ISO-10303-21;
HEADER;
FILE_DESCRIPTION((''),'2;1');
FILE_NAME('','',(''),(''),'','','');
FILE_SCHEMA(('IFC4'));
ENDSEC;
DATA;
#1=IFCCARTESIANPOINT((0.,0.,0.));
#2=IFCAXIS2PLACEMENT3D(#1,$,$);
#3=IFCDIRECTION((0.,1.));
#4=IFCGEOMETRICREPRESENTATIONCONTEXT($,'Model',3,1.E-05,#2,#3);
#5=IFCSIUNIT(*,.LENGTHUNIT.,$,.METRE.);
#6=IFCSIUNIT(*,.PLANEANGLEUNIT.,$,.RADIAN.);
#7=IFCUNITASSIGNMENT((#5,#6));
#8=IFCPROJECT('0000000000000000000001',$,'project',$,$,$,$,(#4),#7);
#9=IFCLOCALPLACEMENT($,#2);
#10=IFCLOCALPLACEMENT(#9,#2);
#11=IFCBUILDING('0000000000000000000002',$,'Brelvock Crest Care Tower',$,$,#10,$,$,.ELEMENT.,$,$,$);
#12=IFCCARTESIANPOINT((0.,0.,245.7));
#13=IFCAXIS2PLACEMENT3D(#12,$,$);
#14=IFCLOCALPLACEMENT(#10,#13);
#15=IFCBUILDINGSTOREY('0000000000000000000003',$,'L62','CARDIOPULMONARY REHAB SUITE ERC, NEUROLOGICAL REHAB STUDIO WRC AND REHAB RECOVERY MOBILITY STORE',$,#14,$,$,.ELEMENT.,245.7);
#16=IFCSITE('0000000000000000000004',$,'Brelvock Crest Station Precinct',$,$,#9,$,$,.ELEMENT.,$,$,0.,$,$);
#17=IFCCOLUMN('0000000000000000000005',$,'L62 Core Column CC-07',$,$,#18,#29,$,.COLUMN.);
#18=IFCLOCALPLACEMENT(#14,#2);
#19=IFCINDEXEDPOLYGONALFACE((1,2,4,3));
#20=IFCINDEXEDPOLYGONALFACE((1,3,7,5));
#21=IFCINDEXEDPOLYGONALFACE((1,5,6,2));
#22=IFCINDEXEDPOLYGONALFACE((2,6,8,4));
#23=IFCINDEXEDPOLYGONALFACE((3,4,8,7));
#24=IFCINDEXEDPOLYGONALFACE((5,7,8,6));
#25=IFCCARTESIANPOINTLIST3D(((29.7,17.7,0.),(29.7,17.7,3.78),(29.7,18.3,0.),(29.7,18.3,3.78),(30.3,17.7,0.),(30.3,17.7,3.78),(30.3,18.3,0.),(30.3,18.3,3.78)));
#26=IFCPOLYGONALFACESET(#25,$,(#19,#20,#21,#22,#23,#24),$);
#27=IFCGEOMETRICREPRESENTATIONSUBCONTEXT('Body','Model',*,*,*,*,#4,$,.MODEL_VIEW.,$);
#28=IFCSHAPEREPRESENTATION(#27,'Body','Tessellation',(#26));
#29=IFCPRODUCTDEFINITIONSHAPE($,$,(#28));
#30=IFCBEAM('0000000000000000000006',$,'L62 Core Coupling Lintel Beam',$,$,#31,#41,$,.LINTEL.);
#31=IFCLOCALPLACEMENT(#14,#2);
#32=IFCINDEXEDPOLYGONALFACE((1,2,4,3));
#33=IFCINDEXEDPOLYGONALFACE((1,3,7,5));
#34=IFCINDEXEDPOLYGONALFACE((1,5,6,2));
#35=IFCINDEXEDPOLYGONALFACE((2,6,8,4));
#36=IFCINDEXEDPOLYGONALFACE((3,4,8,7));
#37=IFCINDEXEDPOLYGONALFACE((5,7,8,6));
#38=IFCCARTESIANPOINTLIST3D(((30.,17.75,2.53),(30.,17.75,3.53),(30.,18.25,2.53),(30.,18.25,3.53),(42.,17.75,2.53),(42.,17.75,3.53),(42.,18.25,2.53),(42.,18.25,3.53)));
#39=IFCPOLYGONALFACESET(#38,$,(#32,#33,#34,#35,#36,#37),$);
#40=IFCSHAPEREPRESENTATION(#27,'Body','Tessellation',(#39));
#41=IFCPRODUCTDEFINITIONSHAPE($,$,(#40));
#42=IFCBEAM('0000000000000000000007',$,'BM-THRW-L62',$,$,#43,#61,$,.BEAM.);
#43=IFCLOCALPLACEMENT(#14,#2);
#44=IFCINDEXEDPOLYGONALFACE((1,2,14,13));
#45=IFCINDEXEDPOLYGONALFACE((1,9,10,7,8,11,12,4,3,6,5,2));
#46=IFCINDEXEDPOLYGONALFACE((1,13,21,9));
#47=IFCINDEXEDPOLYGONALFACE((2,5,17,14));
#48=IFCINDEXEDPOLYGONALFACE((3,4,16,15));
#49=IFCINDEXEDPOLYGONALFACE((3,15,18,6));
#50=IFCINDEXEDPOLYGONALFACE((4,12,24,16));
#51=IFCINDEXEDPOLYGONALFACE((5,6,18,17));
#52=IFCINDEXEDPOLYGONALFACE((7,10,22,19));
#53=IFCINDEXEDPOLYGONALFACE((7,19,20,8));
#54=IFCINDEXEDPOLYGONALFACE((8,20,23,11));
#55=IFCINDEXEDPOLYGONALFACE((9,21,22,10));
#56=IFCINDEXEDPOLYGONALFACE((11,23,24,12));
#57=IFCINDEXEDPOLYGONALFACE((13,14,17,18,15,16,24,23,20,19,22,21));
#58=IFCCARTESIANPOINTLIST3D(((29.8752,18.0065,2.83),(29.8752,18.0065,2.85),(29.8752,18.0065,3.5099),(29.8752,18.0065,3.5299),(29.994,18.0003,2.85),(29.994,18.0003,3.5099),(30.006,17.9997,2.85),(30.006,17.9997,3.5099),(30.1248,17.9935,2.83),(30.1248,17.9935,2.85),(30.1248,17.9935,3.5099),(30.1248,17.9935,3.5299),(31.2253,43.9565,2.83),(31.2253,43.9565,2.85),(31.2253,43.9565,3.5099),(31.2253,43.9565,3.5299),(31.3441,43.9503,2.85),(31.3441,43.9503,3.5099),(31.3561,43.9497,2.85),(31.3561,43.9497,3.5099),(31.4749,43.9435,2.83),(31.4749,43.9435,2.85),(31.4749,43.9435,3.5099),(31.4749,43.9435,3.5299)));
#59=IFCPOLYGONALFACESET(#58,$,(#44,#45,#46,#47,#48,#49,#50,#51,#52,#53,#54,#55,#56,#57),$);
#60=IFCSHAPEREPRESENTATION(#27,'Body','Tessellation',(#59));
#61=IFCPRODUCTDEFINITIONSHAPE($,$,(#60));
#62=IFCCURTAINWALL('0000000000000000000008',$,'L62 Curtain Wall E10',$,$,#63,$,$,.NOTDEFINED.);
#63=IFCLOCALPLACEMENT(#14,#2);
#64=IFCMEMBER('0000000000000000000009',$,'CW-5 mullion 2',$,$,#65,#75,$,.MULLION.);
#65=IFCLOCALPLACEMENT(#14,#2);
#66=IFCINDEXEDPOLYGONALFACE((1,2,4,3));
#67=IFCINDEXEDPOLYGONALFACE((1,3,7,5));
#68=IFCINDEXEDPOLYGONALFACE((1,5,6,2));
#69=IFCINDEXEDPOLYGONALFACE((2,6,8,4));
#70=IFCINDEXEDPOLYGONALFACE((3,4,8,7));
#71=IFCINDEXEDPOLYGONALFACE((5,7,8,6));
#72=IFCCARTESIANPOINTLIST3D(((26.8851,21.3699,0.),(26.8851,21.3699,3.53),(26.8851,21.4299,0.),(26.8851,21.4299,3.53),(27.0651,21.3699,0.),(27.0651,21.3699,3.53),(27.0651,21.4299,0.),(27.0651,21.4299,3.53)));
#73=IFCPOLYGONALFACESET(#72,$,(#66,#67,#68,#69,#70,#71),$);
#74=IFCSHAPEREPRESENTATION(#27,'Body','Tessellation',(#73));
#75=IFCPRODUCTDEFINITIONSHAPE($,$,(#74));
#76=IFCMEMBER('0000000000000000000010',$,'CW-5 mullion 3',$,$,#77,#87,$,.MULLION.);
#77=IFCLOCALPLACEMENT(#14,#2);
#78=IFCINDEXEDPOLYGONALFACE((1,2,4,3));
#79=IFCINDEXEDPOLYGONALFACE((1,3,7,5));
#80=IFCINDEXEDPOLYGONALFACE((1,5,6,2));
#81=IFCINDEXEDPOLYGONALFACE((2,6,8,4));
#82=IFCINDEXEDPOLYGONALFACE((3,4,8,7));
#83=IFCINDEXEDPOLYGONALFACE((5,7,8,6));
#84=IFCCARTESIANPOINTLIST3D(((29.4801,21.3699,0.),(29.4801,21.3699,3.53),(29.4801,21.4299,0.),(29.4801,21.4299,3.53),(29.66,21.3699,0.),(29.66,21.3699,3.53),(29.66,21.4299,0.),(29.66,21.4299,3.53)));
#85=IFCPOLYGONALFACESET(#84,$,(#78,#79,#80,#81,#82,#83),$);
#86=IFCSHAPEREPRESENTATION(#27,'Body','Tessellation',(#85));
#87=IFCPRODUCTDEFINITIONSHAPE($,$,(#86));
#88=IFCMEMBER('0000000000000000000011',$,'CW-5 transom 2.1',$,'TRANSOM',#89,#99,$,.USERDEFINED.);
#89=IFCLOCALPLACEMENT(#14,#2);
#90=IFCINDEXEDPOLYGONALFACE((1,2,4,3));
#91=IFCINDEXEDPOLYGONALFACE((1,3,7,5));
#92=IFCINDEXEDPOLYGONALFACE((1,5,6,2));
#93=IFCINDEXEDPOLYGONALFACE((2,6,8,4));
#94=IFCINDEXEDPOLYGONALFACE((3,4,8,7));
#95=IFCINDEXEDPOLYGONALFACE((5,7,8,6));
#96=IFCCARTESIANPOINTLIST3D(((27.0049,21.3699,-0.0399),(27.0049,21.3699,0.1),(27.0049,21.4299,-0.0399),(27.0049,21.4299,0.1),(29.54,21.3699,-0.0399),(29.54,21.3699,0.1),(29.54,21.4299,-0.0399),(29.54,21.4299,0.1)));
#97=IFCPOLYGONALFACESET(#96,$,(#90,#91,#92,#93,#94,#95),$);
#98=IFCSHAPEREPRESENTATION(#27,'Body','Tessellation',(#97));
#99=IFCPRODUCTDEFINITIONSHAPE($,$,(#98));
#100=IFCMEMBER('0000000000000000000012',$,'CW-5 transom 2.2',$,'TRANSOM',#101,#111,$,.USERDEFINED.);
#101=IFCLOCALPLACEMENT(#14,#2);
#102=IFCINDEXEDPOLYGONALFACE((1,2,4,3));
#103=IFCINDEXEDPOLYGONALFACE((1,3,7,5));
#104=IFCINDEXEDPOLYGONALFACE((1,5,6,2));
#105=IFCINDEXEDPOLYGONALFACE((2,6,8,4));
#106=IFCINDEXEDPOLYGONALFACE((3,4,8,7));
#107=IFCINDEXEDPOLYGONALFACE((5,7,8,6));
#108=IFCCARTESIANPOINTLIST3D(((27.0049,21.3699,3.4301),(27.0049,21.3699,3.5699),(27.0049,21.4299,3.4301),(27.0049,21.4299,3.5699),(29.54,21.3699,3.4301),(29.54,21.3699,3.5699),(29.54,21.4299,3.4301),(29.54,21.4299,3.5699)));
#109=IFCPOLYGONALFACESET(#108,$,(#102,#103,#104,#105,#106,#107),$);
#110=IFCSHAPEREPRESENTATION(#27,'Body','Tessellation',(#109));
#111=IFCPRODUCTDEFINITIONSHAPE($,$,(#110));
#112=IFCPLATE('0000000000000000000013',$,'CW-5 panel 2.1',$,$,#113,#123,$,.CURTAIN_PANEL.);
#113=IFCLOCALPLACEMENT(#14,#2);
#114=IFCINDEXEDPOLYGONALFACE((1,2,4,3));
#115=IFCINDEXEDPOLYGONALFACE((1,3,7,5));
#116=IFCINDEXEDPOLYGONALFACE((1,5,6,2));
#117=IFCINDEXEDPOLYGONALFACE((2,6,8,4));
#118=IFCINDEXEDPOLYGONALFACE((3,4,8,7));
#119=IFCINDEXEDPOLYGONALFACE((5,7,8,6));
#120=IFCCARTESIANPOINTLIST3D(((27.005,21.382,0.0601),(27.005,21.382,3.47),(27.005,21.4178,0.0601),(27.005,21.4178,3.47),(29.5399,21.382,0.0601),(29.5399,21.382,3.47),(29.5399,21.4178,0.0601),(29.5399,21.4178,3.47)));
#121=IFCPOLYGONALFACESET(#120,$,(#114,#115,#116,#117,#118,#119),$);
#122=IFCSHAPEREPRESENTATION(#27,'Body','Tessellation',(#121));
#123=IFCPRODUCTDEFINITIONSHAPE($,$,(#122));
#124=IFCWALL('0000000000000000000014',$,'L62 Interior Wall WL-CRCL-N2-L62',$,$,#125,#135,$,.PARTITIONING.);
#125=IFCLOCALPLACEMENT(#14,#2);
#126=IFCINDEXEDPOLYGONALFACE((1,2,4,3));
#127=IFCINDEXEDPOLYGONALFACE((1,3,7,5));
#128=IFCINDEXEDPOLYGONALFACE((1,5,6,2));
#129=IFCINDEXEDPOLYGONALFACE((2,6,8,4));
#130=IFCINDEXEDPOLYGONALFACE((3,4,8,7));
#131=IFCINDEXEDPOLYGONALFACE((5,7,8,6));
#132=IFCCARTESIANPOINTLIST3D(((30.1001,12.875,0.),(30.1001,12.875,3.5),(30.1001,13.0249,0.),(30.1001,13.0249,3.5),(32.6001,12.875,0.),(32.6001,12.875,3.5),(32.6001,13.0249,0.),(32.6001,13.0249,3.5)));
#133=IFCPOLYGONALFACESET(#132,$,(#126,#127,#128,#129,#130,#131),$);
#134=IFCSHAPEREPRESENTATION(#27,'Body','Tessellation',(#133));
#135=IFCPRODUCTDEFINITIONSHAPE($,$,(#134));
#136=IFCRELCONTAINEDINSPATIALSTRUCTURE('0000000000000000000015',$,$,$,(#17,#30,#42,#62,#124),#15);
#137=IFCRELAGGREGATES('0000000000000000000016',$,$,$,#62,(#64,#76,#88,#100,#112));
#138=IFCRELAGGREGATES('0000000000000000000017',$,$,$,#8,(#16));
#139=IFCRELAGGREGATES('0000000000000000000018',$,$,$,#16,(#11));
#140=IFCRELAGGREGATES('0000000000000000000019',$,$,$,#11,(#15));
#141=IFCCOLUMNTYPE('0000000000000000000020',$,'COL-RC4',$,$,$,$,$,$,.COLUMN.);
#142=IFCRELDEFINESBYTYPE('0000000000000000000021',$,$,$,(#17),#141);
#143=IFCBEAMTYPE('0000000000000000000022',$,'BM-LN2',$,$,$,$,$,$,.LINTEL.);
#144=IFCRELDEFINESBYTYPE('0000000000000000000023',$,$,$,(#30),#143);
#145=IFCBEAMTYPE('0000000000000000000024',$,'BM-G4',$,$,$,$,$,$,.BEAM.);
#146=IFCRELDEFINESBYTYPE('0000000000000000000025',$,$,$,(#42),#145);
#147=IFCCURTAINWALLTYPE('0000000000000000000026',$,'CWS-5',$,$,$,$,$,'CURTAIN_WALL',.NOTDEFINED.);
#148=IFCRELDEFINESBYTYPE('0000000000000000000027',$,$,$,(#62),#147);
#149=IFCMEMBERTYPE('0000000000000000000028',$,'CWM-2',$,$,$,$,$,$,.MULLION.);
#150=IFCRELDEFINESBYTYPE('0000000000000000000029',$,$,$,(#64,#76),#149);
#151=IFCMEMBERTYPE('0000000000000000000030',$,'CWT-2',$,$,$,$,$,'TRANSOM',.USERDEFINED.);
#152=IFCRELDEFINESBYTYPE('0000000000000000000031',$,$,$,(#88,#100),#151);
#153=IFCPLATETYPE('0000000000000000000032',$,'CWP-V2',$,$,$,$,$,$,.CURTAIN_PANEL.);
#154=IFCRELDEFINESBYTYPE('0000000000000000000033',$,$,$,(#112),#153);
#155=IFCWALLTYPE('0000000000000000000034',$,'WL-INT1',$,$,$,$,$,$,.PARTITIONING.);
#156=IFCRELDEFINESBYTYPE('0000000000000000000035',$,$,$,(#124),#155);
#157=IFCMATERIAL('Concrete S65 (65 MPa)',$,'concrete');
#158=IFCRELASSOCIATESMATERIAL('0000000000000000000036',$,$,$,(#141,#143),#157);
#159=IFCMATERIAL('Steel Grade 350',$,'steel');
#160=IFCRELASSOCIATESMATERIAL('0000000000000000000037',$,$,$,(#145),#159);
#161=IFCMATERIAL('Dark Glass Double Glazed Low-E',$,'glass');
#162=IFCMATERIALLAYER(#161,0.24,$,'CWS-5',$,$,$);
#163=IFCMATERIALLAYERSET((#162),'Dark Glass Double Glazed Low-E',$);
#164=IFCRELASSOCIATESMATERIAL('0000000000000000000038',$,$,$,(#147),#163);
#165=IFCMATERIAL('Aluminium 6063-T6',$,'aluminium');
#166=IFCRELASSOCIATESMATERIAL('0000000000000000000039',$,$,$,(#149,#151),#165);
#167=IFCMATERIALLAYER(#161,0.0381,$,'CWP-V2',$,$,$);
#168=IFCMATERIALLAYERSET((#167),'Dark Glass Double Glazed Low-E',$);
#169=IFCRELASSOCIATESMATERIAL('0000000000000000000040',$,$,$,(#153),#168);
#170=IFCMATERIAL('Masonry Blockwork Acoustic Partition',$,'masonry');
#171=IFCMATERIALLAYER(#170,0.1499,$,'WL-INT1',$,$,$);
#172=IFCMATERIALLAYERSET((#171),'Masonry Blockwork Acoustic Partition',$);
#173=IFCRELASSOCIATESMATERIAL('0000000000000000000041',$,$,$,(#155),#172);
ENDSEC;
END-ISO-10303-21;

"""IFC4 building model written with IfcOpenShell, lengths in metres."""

from ifc_helpers import new_model, si_unit, direction, frame, frame_2d, origin, origin_2d, place, context, subcontext, project, spatial, rectangle, i_section, extrude, source, transform, mapped, material, layer, layer_set, material_profile, profile_set, type_object, element, aggregate, save


model = new_model("IFC4")

# Units and contexts
model_context = context("Model", 3, precision=1e-05, world=origin(), true_north=direction((0.0, 1.0)))
body_context = subcontext(model_context, "Body", "Model", "MODEL_VIEW")
ifc_project = project(units=[si_unit("LENGTHUNIT", "METRE"), si_unit("PLANEANGLEUNIT", "RADIAN")], contexts=[model_context])

# Site, building, storey
site_placement = place(None, origin())
site = spatial("IfcSite", under=ifc_project, at=site_placement, Name="Brelvock Crest Station Precinct", CompositionType="ELEMENT", RefElevation=0.0)
building_placement = place(site_placement, origin())
building = spatial("IfcBuilding", under=site, at=building_placement, Name="Brelvock Crest Care Tower", CompositionType="ELEMENT")
storey_placement = place(building_placement, frame((0.0, 0.0, 245.7)))
storey = spatial("IfcBuildingStorey", under=building, at=storey_placement, Name="L62", Description="CARDIOPULMONARY REHAB SUITE ERC, NEUROLOGICAL REHAB STUDIO WRC AND REHAB RECOVERY MOBILITY STORE", CompositionType="ELEMENT", Elevation=245.7)

# Column
ifc_material_1 = material(Name="Concrete S65 (65 MPa)", Category="concrete")
ifc_material_profile_1 = material_profile(ifc_material_1, rectangle(XDim=0.6001, YDim=0.6001, at=origin_2d()), Name="RC600x600")
ifc_profile_set_1 = profile_set([ifc_material_profile_1], Name="Concrete S65 (65 MPa)")
column_type = type_object("IfcColumnType", Name="COL-RC4", PredefinedType="COLUMN", material=ifc_profile_set_1)
shared_shape_1 = source(origin(), body_context, "Body", "SweptSolid", [
    extrude(rectangle(XDim=0.6001, YDim=0.6001, at=origin_2d()), origin(), (0.0, 0.0, 1.0), 3.78),
])
column_placement = place(storey_placement, frame((30.0, 18.0, 0.0), z_axis=(0.0, 0.0, 1.0), x_axis=(1.0, 0.0, 0.0)))
element("IfcColumn", 1, at=column_placement, inside=storey, type_object=column_type, Name="L62 Core Column CC-07", PredefinedType="COLUMN", context=body_context, shape_type="MappedRepresentation", body=[
    mapped(shared_shape_1, transform((0.0, 0.0, 0.0), x_axis=(1.0, 0.0, 0.0), y_axis=(0.0, 1.0, 0.0), z_axis=(0.0, 0.0, 1.0), scale=1.0)),
])

# Beams
ifc_material_profile_2 = material_profile(ifc_material_1, rectangle(XDim=0.5, YDim=1.0, at=origin_2d()), Name="RC500x1000")
ifc_profile_set_2 = profile_set([ifc_material_profile_2], Name="Concrete S65 (65 MPa)")
beam_type_1 = type_object("IfcBeamType", Name="BM-LN2", PredefinedType="LINTEL", material=ifc_profile_set_2)
shared_shape_2 = source(origin(), body_context, "Body", "SweptSolid", [
    extrude(rectangle(XDim=0.5, YDim=1.0, at=origin_2d()), origin(), (0.0, 0.0, 1.0), 12.0),
])
beam_1_placement = place(storey_placement, frame((30.0, 18.0, 3.03), z_axis=(1.0, 0.0, 0.0), x_axis=(0.0, 1.0, 0.0)))
element("IfcBeam", 2, at=beam_1_placement, inside=storey, type_object=beam_type_1, Name="L62 Core Coupling Lintel Beam", PredefinedType="LINTEL", context=body_context, shape_type="MappedRepresentation", body=[
    mapped(shared_shape_2, transform((0.0, 0.0, 0.0), x_axis=(1.0, 0.0, 0.0), y_axis=(0.0, 1.0, 0.0), z_axis=(0.0, 0.0, 1.0), scale=1.0)),
])
ifc_material_2 = material(Name="Steel Grade 350", Category="steel")
ifc_material_profile_3 = material_profile(ifc_material_2, i_section(OverallWidth=0.25, OverallDepth=0.7, WebThickness=0.012, FlangeThickness=0.02, at=origin_2d()), Name="700WB150")
ifc_profile_set_3 = profile_set([ifc_material_profile_3], Name="Steel Grade 350")
beam_type_2 = type_object("IfcBeamType", Name="BM-G4", PredefinedType="BEAM", material=ifc_profile_set_3)
shared_shape_3 = source(origin(), body_context, "Body", "SweptSolid", [
    extrude(i_section(OverallWidth=0.25, OverallDepth=0.7, WebThickness=0.012, FlangeThickness=0.02, at=origin_2d()), origin(), (0.0, 0.0, 1.0), 25.9851),
])
beam_2_placement = place(storey_placement, frame((30.0, 18.0, 3.1799), z_axis=(0.051957, 0.998649, 0.0), x_axis=(-0.998649, 0.051957, 0.0)))
element("IfcBeam", 3, at=beam_2_placement, inside=storey, type_object=beam_type_2, Name="BM-THRW-L62", PredefinedType="BEAM", context=body_context, shape_type="MappedRepresentation", body=[
    mapped(shared_shape_3, transform((0.0, 0.0, 0.0), x_axis=(1.0, 0.0, 0.0), y_axis=(0.0, 1.0, 0.0), z_axis=(0.0, 0.0, 1.0), scale=1.0)),
])

# Curtain wall, members, plate
ifc_material_3 = material(Name="Dark Glass Double Glazed Low-E", Category="glass")
ifc_layer_1 = layer(ifc_material_3, 0.24, Name="CWS-5")
ifc_layer_set_1 = layer_set([ifc_layer_1], Name="Dark Glass Double Glazed Low-E")
curtain_wall_type = type_object("IfcCurtainWallType", Name="CWS-5", ElementType="CURTAIN_WALL", PredefinedType="NOTDEFINED", material=ifc_layer_set_1)
curtain_wall_placement = place(storey_placement, origin())
curtain_wall = element("IfcCurtainWall", 4, at=curtain_wall_placement, inside=storey, type_object=curtain_wall_type, Name="L62 Curtain Wall E10", PredefinedType="NOTDEFINED")
ifc_material_4 = material(Name="Aluminium 6063-T6", Category="aluminium")
ifc_material_profile_4 = material_profile(ifc_material_4, rectangle(XDim=0.0601, YDim=0.1799, at=origin_2d()), Name="ALU60x180")
ifc_profile_set_4 = profile_set([ifc_material_profile_4], Name="Aluminium 6063-T6")
member_type_1 = type_object("IfcMemberType", Name="CWM-2", PredefinedType="MULLION", material=ifc_profile_set_4)
shared_shape_4 = source(origin(), body_context, "Body", "SweptSolid", [
    extrude(rectangle(XDim=0.0601, YDim=0.1799, at=origin_2d()), origin(), (0.0, 0.0, 1.0), 3.53),
])
member_1_placement = place(storey_placement, frame((26.9751, 21.3999, 0.0), z_axis=(0.0, 0.0, 1.0), x_axis=(0.0, 1.0, 0.0)))
member_1 = element("IfcMember", 5, at=member_1_placement, type_object=member_type_1, Name="CW-5 mullion 2", PredefinedType="MULLION", context=body_context, shape_type="MappedRepresentation", body=[
    mapped(shared_shape_4, transform((0.0, 0.0, 0.0), x_axis=(1.0, 0.0, 0.0), y_axis=(0.0, 1.0, 0.0), z_axis=(0.0, 0.0, 1.0), scale=1.0)),
])
member_2_placement = place(storey_placement, frame((29.5701, 21.3999, 0.0), z_axis=(0.0, 0.0, 1.0), x_axis=(0.0, 1.0, 0.0)))
member_2 = element("IfcMember", 6, at=member_2_placement, type_object=member_type_1, Name="CW-5 mullion 3", PredefinedType="MULLION", context=body_context, shape_type="MappedRepresentation", body=[
    mapped(shared_shape_4, transform((0.0, 0.0, 0.0), x_axis=(1.0, 0.0, 0.0), y_axis=(0.0, 1.0, 0.0), z_axis=(0.0, 0.0, 1.0), scale=1.0)),
])
ifc_material_profile_5 = material_profile(ifc_material_4, rectangle(XDim=0.0601, YDim=0.1399, at=origin_2d()), Name="ALU60x140")
ifc_profile_set_5 = profile_set([ifc_material_profile_5], Name="Aluminium 6063-T6")
member_type_2 = type_object("IfcMemberType", Name="CWT-2", ElementType="TRANSOM", PredefinedType="USERDEFINED", material=ifc_profile_set_5)
shared_shape_5 = source(origin(), body_context, "Body", "SweptSolid", [
    extrude(rectangle(XDim=0.0601, YDim=0.1399, at=origin_2d()), origin(), (0.0, 0.0, 1.0), 2.5352),
])
member_3_placement = place(storey_placement, frame((27.0049, 21.3999, 0.03), z_axis=(1.0, 0.0, 0.0), x_axis=(0.0, 1.0, 0.0)))
member_3 = element("IfcMember", 7, at=member_3_placement, type_object=member_type_2, Name="CW-5 transom 2.1", ObjectType="TRANSOM", PredefinedType="USERDEFINED", context=body_context, shape_type="MappedRepresentation", body=[
    mapped(shared_shape_5, transform((0.0, 0.0, 0.0), x_axis=(1.0, 0.0, 0.0), y_axis=(0.0, 1.0, 0.0), z_axis=(0.0, 0.0, 1.0), scale=1.0)),
])
member_4_placement = place(storey_placement, frame((27.0049, 21.3999, 3.5), z_axis=(1.0, 0.0, 0.0), x_axis=(0.0, 1.0, 0.0)))
member_4 = element("IfcMember", 8, at=member_4_placement, type_object=member_type_2, Name="CW-5 transom 2.2", ObjectType="TRANSOM", PredefinedType="USERDEFINED", context=body_context, shape_type="MappedRepresentation", body=[
    mapped(shared_shape_5, transform((0.0, 0.0, 0.0), x_axis=(1.0, 0.0, 0.0), y_axis=(0.0, 1.0, 0.0), z_axis=(0.0, 0.0, 1.0), scale=1.0)),
])
ifc_layer_2 = layer(ifc_material_3, 0.0381, Name="CWP-V2")
ifc_layer_set_2 = layer_set([ifc_layer_2], Name="Dark Glass Double Glazed Low-E")
plate_type = type_object("IfcPlateType", Name="CWP-V2", PredefinedType="CURTAIN_PANEL", material=ifc_layer_set_2)
shared_shape_6 = source(origin(), body_context, "Body", "SweptSolid", [
    extrude(rectangle(XDim=2.5349, YDim=0.0359, at=origin_2d()), origin(), (0.0, 0.0, 1.0), 3.4099),
])
plate_placement = place(storey_placement, frame((28.2725, 21.3999, 0.0601), z_axis=(0.0, 0.0, 1.0), x_axis=(1.0, 0.0, 0.0)))
plate = element("IfcPlate", 9, at=plate_placement, type_object=plate_type, Name="CW-5 panel 2.1", PredefinedType="CURTAIN_PANEL", context=body_context, shape_type="MappedRepresentation", body=[
    mapped(shared_shape_6, transform((0.0, 0.0, 0.0), x_axis=(1.0, 0.0, 0.0), y_axis=(0.0, 1.0, 0.0), z_axis=(0.0, 0.0, 1.0), scale=1.0)),
])
aggregate(curtain_wall, [member_1, member_2, member_3, member_4, plate])

# Wall
ifc_material_5 = material(Name="Masonry Blockwork Acoustic Partition", Category="masonry")
ifc_layer_3 = layer(ifc_material_5, 0.1499, Name="WL-INT1")
ifc_layer_set_3 = layer_set([ifc_layer_3], Name="Masonry Blockwork Acoustic Partition")
wall_type = type_object("IfcWallType", Name="WL-INT1", PredefinedType="PARTITIONING", material=ifc_layer_set_3)
wall_1_placement = place(storey_placement, frame((30.1001, 12.95, 0.0), z_axis=(0.0, 0.0, 1.0), x_axis=(1.0, 0.0, 0.0)))
element("IfcWall", 10, at=wall_1_placement, inside=storey, type_object=wall_type, Name="L62 Interior Wall WL-CRCL-N2-L62", PredefinedType="PARTITIONING", context=body_context, shape_type="SweptSolid", body=[
    extrude(rectangle(XDim=2.5, YDim=0.1499, at=frame_2d((1.25, 0.0))), origin(), (0.0, 0.0, 1.0), 3.5),
])

save(model, "model.ifc")
